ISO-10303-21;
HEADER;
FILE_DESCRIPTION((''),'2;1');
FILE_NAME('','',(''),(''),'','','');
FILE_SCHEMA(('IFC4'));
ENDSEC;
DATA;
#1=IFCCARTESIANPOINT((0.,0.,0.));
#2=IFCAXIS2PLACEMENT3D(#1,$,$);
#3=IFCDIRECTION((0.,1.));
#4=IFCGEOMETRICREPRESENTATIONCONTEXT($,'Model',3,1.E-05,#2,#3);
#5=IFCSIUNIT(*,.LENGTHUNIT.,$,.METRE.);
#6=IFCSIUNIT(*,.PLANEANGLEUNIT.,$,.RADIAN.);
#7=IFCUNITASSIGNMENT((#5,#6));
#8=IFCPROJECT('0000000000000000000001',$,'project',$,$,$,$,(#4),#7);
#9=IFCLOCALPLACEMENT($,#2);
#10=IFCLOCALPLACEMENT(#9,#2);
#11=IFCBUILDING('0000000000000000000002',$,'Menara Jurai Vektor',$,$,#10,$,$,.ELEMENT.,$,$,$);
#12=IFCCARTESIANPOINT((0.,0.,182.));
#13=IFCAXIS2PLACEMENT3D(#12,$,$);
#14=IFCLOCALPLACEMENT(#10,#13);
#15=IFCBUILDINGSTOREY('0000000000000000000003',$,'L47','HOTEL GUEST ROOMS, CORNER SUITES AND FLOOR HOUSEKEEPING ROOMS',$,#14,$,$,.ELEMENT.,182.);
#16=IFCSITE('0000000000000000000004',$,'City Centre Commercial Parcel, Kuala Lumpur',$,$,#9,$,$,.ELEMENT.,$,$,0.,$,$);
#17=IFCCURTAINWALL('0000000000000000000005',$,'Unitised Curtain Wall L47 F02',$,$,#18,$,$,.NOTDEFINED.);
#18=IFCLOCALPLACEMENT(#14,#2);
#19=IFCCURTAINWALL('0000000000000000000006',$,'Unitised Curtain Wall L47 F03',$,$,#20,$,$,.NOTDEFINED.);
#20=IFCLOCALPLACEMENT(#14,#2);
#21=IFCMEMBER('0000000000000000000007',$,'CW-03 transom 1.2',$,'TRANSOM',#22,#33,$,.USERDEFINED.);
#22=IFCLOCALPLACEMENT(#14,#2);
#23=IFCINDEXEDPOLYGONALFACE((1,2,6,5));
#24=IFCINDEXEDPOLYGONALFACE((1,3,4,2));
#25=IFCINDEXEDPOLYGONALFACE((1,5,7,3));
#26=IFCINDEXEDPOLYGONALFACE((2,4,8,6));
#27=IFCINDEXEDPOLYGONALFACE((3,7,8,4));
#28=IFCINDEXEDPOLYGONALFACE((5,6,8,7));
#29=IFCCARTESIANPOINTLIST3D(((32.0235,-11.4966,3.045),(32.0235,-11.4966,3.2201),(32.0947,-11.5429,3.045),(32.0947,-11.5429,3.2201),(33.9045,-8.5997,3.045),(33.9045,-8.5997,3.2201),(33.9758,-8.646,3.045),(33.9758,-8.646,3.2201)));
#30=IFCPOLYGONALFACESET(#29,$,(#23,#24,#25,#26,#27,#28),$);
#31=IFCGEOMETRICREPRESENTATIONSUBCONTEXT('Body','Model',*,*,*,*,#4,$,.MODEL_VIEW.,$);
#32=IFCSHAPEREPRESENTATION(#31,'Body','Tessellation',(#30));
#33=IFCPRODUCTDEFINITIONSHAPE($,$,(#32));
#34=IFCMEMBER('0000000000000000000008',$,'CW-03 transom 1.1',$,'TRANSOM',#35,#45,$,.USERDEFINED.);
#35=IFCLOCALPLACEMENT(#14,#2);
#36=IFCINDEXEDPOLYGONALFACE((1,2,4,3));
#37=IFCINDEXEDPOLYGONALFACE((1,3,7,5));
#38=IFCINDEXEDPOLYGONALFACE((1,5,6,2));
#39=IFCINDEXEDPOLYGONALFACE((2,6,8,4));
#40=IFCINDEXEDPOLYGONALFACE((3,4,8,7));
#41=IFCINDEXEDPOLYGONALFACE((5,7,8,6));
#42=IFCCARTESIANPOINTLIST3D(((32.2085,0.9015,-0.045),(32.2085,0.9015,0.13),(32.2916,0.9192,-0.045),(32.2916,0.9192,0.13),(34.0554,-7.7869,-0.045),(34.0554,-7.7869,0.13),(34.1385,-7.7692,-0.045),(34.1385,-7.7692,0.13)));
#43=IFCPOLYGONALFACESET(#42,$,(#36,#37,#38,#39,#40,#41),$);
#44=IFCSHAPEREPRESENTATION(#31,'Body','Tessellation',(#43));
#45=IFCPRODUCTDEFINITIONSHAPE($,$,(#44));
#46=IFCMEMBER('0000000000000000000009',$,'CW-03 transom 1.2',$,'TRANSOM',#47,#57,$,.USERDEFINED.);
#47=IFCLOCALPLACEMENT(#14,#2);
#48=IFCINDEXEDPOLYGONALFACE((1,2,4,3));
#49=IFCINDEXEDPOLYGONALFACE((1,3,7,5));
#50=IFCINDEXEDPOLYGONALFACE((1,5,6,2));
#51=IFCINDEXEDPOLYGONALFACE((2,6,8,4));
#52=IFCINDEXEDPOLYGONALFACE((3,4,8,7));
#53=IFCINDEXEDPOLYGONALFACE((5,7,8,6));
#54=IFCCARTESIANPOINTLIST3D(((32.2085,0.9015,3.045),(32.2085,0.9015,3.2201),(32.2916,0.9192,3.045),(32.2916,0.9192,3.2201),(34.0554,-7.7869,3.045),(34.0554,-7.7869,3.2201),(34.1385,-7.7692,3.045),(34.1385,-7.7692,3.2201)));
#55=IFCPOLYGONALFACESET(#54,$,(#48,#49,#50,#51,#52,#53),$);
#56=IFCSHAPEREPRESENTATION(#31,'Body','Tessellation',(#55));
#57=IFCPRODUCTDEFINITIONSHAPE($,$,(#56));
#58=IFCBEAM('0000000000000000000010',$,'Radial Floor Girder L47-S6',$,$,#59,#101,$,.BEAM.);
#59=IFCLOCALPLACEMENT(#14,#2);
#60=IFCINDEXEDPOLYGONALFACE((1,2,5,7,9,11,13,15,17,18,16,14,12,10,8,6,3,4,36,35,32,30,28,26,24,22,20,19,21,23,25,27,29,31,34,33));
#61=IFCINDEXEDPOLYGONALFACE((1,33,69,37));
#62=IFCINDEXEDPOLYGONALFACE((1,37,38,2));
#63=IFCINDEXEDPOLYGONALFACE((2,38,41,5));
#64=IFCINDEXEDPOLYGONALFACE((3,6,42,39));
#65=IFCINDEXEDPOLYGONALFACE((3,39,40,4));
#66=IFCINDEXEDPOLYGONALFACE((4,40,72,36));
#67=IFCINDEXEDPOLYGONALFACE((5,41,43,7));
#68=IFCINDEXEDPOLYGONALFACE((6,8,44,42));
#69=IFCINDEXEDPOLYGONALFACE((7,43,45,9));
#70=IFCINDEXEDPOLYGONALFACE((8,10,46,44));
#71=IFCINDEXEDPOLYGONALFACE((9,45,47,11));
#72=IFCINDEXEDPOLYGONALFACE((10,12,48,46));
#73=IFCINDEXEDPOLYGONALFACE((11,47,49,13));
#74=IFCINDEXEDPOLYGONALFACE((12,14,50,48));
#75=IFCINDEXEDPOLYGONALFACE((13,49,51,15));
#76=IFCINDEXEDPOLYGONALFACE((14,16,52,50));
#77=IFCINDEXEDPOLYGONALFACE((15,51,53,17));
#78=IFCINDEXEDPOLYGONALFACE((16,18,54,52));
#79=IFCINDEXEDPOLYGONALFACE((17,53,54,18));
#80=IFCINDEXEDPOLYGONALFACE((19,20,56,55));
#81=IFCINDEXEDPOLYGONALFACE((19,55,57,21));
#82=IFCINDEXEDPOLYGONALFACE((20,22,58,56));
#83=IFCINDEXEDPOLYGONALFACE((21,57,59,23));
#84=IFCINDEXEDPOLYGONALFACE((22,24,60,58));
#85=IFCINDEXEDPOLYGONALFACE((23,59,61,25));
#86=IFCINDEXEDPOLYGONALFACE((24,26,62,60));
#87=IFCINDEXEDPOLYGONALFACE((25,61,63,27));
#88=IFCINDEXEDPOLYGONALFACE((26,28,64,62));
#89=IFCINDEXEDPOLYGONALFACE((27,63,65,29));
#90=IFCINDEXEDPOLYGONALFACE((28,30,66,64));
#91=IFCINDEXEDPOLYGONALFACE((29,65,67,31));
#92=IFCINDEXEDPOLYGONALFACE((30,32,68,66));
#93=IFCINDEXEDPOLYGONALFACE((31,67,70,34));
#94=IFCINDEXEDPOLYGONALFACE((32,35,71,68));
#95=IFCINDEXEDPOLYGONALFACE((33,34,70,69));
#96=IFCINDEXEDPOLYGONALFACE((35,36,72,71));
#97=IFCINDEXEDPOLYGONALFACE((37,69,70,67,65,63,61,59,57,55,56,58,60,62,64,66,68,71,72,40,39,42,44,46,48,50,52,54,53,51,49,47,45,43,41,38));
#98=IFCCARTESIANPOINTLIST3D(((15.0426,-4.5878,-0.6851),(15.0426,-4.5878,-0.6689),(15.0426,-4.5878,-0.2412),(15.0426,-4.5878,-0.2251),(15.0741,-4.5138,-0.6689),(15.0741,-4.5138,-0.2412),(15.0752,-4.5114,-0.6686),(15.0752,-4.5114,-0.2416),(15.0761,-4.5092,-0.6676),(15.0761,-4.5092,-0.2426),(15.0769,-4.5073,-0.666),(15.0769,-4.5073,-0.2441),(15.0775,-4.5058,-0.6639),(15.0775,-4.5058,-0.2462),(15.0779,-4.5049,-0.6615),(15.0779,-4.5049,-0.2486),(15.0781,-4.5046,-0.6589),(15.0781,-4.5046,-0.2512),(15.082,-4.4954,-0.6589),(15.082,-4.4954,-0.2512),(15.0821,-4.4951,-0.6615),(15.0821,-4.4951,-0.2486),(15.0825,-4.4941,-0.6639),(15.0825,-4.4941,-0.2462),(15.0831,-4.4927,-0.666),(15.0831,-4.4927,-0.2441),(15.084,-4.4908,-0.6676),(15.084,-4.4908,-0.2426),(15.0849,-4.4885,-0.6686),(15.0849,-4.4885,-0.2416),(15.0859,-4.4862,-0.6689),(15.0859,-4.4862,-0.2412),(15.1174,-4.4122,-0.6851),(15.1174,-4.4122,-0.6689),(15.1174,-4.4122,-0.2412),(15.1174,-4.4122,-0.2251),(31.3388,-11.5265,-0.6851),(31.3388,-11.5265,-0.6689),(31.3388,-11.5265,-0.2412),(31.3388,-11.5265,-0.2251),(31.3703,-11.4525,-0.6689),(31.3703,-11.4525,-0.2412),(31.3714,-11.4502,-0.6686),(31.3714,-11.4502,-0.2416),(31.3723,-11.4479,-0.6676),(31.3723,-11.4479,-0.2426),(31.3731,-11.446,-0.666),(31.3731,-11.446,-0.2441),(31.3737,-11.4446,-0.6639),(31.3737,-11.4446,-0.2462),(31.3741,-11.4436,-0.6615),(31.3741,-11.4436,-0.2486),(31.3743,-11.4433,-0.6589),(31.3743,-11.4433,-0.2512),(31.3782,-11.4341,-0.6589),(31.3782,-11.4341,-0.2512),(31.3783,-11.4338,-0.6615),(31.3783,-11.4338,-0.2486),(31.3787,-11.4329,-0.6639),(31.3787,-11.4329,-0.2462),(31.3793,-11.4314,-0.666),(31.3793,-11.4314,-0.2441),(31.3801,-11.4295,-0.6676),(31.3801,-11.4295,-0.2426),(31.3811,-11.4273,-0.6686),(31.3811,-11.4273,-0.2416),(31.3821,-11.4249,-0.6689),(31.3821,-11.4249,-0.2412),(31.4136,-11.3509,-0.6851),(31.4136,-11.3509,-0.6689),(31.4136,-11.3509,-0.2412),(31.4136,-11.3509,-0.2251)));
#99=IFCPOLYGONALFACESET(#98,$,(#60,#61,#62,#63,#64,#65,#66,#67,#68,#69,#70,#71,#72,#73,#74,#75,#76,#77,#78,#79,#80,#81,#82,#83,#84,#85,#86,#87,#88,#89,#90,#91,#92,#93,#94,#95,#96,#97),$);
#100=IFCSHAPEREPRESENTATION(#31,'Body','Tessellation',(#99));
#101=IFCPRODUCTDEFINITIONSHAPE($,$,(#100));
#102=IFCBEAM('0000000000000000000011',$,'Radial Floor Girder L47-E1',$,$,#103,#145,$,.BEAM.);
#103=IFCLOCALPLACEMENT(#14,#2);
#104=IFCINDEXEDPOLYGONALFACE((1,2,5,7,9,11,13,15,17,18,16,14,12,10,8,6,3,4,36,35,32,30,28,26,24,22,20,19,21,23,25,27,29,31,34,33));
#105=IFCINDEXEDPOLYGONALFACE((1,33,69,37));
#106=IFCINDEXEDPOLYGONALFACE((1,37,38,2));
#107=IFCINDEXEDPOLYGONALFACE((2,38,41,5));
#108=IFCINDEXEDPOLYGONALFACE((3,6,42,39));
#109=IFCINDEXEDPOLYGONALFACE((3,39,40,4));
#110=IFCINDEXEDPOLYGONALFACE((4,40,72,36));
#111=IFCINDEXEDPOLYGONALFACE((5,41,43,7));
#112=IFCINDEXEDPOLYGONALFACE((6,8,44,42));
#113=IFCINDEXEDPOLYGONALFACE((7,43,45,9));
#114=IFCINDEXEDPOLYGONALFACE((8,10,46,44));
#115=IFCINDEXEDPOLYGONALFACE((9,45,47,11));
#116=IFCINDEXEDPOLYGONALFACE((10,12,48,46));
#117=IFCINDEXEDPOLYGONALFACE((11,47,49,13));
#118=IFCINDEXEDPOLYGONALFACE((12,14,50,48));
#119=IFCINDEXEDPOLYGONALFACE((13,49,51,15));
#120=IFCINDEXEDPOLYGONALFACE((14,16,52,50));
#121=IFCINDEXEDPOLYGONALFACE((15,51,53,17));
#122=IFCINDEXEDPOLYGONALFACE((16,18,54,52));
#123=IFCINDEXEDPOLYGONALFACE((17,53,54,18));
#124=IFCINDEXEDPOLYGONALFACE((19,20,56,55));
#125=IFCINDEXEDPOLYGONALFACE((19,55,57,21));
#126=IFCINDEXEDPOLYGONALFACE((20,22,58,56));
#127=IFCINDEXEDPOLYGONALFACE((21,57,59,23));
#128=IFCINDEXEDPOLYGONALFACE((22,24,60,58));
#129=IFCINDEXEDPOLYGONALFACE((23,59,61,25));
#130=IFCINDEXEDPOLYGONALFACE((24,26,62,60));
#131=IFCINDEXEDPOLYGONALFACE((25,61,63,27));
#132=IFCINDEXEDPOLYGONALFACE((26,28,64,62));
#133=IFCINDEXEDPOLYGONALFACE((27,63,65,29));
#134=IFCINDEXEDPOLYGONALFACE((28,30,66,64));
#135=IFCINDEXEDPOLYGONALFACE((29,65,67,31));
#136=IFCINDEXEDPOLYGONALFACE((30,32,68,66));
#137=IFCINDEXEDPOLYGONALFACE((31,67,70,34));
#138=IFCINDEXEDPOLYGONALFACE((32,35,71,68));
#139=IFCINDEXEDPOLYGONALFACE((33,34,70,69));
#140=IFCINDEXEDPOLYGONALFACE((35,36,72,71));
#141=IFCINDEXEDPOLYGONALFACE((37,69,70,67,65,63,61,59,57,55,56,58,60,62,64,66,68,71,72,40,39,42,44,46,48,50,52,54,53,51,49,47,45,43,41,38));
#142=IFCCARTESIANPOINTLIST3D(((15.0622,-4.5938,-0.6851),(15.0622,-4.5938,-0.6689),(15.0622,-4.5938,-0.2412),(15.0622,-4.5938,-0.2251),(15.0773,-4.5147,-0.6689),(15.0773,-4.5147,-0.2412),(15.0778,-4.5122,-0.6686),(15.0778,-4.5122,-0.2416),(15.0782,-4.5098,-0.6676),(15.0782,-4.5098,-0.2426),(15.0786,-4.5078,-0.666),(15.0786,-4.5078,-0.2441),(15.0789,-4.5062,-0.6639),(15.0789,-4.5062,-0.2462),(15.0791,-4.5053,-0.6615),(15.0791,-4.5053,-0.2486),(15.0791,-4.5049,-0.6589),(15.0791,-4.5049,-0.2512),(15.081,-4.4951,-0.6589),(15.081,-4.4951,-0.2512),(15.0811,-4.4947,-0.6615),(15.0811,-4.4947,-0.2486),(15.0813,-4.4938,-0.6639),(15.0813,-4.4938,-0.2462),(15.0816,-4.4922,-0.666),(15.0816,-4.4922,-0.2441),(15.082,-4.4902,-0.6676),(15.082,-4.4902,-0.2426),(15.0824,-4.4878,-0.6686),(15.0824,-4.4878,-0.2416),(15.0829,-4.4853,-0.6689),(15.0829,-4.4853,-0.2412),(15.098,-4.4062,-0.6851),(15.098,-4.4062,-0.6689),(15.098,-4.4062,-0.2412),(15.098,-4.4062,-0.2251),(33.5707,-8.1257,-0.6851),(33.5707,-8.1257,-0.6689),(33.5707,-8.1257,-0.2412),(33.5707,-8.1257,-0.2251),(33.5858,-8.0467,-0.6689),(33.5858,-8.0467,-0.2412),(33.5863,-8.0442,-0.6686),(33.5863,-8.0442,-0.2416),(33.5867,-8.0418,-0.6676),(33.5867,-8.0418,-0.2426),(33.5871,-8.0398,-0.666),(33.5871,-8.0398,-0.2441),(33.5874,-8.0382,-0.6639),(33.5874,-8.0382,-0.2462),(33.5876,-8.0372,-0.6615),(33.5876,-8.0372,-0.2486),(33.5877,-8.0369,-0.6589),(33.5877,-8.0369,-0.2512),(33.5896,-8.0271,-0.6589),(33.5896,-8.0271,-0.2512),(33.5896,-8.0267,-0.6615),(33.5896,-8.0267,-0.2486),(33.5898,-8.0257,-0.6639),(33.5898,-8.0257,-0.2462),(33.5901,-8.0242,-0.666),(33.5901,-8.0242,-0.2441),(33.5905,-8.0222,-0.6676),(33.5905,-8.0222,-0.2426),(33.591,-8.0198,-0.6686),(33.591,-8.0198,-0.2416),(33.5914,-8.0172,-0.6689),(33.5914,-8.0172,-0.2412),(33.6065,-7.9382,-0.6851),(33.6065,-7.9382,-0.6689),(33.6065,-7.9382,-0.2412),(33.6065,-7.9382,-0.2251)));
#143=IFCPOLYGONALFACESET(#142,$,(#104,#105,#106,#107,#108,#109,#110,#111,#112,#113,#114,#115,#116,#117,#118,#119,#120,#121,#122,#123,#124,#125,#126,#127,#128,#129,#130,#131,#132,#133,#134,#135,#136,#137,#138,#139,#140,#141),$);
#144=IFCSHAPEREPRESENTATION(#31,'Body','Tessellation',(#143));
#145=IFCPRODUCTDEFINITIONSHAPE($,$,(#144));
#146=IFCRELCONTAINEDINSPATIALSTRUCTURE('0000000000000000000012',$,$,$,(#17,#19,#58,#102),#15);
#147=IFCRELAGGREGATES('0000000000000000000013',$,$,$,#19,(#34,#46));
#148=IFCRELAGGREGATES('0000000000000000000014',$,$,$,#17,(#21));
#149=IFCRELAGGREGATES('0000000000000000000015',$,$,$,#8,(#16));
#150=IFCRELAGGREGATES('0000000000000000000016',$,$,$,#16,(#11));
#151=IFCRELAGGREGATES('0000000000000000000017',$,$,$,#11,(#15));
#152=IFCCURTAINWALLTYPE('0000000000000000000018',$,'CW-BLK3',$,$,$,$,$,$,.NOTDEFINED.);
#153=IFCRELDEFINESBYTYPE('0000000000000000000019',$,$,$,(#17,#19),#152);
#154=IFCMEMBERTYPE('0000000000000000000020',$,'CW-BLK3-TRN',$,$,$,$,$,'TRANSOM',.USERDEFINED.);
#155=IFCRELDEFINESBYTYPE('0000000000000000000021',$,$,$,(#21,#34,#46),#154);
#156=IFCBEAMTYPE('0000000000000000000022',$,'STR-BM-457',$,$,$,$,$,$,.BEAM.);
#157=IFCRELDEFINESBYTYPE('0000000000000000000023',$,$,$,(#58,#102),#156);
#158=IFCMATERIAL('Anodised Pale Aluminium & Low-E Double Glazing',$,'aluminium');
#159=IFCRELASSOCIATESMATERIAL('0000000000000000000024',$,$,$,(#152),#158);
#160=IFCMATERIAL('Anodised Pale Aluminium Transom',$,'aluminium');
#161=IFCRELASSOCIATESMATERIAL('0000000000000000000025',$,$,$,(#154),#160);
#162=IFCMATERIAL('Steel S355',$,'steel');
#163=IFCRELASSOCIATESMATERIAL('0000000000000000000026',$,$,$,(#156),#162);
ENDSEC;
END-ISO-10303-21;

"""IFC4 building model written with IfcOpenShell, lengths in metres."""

from ifc_helpers import new_model, si_unit, direction, frame, origin, origin_2d, place, context, subcontext, project, spatial, rectangle, i_section, extrude, material, material_profile, profile_set, type_object, element, aggregate, save


model = new_model("IFC4")

# Units and contexts
model_context = context("Model", 3, precision=1e-05, world=origin(), true_north=direction((0.0, 1.0)))
body_context = subcontext(model_context, "Body", "Model", "MODEL_VIEW")
ifc_project = project(units=[si_unit("LENGTHUNIT", "METRE"), si_unit("PLANEANGLEUNIT", "RADIAN")], contexts=[model_context])

# Site, building, storey
site_placement = place(None, origin())
site = spatial("IfcSite", under=ifc_project, at=site_placement, Name="City Centre Commercial Parcel, Kuala Lumpur", CompositionType="ELEMENT", RefElevation=0.0)
building_placement = place(site_placement, origin())
building = spatial("IfcBuilding", under=site, at=building_placement, Name="Menara Jurai Vektor", CompositionType="ELEMENT")
storey_placement = place(building_placement, frame((0.0, 0.0, 182.0)))
storey = spatial("IfcBuildingStorey", under=building, at=storey_placement, Name="L47", Description="HOTEL GUEST ROOMS, CORNER SUITES AND FLOOR HOUSEKEEPING ROOMS", CompositionType="ELEMENT", Elevation=182.0)

# Shared definitions
ifc_material_1 = material(Name="Anodised Pale Aluminium & Low-E Double Glazing", Category="aluminium")
curtain_wall_type = type_object("IfcCurtainWallType", Name="CW-BLK3", PredefinedType="NOTDEFINED", material=ifc_material_1)

# Curtain walls
curtain_wall_1_placement = place(storey_placement, origin())
curtain_wall_1 = element("IfcCurtainWall", 1, at=curtain_wall_1_placement, inside=storey, type_object=curtain_wall_type, Name="Unitised Curtain Wall L47 F02", PredefinedType="NOTDEFINED")
curtain_wall_2_placement = place(storey_placement, origin())
curtain_wall_2 = element("IfcCurtainWall", 2, at=curtain_wall_2_placement, inside=storey, type_object=curtain_wall_type, Name="Unitised Curtain Wall L47 F03", PredefinedType="NOTDEFINED")

# Members
ifc_material_2 = material(Name="Anodised Pale Aluminium Transom", Category="aluminium")
ifc_material_profile_1 = material_profile(ifc_material_2, rectangle(XDim=0.085, YDim=0.175, at=origin_2d()), Name="ALU TRN 85x175")
ifc_profile_set_1 = profile_set([ifc_material_profile_1], Name="Anodised Pale Aluminium Transom")
member_type_1 = type_object("IfcMemberType", Name="CW-BLK3-TRN", ElementType="TRANSOM", PredefinedType="USERDEFINED", material=ifc_profile_set_1)
member_1_placement = place(storey_placement, frame((32.0591, -11.5198, 3.1326), z_axis=(0.544596, 0.838699, 0.0), x_axis=(-0.838699, 0.544596, 0.0)))
member_1 = element("IfcMember", 3, at=member_1_placement, type_object=member_type_1, Name="CW-03 transom 1.2", ObjectType="TRANSOM", PredefinedType="USERDEFINED", context=body_context, shape_type="SweptSolid", body=[
    extrude(rectangle(XDim=0.085, YDim=0.175, at=origin_2d()), origin(), (0.0, 0.0, 1.0), 3.4541),
])
member_2_placement = place(storey_placement, frame((34.0969, -7.7781, 0.0425), z_axis=(-0.207926, 0.978145, 0.0), x_axis=(-0.978145, -0.207926, 0.0)))
member_2 = element("IfcMember", 4, at=member_2_placement, type_object=member_type_1, Name="CW-03 transom 1.1", ObjectType="TRANSOM", PredefinedType="USERDEFINED", context=body_context, shape_type="SweptSolid", body=[
    extrude(rectangle(XDim=0.085, YDim=0.175, at=origin_2d()), origin(), (0.0, 0.0, 1.0), 8.8826),
])
member_3_placement = place(storey_placement, frame((34.0969, -7.7781, 3.1326), z_axis=(-0.207926, 0.978145, 0.0), x_axis=(-0.978145, -0.207926, 0.0)))
member_3 = element("IfcMember", 5, at=member_3_placement, type_object=member_type_1, Name="CW-03 transom 1.2", ObjectType="TRANSOM", PredefinedType="USERDEFINED", context=body_context, shape_type="SweptSolid", body=[
    extrude(rectangle(XDim=0.085, YDim=0.175, at=origin_2d()), origin(), (0.0, 0.0, 1.0), 8.8826),
])

# Beams
ifc_material_3 = material(Name="Steel S355", Category="steel")
ifc_material_profile_2 = material_profile(ifc_material_3, i_section(OverallWidth=0.1909, OverallDepth=0.46, WebThickness=0.01, FlangeThickness=0.0161, FilletRadius=0.01, at=origin_2d()), Name="UKB 457x191x82")
ifc_profile_set_2 = profile_set([ifc_material_profile_2], Name="Steel S355")
beam_type_1 = type_object("IfcBeamType", Name="STR-BM-457", PredefinedType="BEAM", material=ifc_profile_set_2)
beam_1_placement = place(storey_placement, frame((31.3762, -11.4387, -0.4551), z_axis=(-0.920069, 0.391756, 0.0), x_axis=(-0.391756, -0.920069, 0.0)))
element("IfcBeam", 6, at=beam_1_placement, inside=storey, type_object=beam_type_1, Name="Radial Floor Girder L47-S6", PredefinedType="BEAM", context=body_context, shape_type="SweptSolid", body=[
    extrude(i_section(OverallWidth=0.1909, OverallDepth=0.46, WebThickness=0.01, FlangeThickness=0.0161, FilletRadius=0.01, at=origin_2d()), origin(), (0.0, 0.0, 1.0), 17.7119),
])
beam_2_placement = place(storey_placement, frame((33.5886, -8.032, -0.4551), z_axis=(-0.982275, 0.187447, 0.0), x_axis=(-0.187447, -0.982275, 0.0)))
element("IfcBeam", 7, at=beam_2_placement, inside=storey, type_object=beam_type_1, Name="Radial Floor Girder L47-E1", PredefinedType="BEAM", context=body_context, shape_type="SweptSolid", body=[
    extrude(i_section(OverallWidth=0.1909, OverallDepth=0.46, WebThickness=0.01, FlangeThickness=0.0161, FilletRadius=0.01, at=origin_2d()), origin(), (0.0, 0.0, 1.0), 18.8425),
])

aggregate(curtain_wall_2, [member_2, member_3])
aggregate(curtain_wall_1, [member_1])

save(model, "model.ifc")
